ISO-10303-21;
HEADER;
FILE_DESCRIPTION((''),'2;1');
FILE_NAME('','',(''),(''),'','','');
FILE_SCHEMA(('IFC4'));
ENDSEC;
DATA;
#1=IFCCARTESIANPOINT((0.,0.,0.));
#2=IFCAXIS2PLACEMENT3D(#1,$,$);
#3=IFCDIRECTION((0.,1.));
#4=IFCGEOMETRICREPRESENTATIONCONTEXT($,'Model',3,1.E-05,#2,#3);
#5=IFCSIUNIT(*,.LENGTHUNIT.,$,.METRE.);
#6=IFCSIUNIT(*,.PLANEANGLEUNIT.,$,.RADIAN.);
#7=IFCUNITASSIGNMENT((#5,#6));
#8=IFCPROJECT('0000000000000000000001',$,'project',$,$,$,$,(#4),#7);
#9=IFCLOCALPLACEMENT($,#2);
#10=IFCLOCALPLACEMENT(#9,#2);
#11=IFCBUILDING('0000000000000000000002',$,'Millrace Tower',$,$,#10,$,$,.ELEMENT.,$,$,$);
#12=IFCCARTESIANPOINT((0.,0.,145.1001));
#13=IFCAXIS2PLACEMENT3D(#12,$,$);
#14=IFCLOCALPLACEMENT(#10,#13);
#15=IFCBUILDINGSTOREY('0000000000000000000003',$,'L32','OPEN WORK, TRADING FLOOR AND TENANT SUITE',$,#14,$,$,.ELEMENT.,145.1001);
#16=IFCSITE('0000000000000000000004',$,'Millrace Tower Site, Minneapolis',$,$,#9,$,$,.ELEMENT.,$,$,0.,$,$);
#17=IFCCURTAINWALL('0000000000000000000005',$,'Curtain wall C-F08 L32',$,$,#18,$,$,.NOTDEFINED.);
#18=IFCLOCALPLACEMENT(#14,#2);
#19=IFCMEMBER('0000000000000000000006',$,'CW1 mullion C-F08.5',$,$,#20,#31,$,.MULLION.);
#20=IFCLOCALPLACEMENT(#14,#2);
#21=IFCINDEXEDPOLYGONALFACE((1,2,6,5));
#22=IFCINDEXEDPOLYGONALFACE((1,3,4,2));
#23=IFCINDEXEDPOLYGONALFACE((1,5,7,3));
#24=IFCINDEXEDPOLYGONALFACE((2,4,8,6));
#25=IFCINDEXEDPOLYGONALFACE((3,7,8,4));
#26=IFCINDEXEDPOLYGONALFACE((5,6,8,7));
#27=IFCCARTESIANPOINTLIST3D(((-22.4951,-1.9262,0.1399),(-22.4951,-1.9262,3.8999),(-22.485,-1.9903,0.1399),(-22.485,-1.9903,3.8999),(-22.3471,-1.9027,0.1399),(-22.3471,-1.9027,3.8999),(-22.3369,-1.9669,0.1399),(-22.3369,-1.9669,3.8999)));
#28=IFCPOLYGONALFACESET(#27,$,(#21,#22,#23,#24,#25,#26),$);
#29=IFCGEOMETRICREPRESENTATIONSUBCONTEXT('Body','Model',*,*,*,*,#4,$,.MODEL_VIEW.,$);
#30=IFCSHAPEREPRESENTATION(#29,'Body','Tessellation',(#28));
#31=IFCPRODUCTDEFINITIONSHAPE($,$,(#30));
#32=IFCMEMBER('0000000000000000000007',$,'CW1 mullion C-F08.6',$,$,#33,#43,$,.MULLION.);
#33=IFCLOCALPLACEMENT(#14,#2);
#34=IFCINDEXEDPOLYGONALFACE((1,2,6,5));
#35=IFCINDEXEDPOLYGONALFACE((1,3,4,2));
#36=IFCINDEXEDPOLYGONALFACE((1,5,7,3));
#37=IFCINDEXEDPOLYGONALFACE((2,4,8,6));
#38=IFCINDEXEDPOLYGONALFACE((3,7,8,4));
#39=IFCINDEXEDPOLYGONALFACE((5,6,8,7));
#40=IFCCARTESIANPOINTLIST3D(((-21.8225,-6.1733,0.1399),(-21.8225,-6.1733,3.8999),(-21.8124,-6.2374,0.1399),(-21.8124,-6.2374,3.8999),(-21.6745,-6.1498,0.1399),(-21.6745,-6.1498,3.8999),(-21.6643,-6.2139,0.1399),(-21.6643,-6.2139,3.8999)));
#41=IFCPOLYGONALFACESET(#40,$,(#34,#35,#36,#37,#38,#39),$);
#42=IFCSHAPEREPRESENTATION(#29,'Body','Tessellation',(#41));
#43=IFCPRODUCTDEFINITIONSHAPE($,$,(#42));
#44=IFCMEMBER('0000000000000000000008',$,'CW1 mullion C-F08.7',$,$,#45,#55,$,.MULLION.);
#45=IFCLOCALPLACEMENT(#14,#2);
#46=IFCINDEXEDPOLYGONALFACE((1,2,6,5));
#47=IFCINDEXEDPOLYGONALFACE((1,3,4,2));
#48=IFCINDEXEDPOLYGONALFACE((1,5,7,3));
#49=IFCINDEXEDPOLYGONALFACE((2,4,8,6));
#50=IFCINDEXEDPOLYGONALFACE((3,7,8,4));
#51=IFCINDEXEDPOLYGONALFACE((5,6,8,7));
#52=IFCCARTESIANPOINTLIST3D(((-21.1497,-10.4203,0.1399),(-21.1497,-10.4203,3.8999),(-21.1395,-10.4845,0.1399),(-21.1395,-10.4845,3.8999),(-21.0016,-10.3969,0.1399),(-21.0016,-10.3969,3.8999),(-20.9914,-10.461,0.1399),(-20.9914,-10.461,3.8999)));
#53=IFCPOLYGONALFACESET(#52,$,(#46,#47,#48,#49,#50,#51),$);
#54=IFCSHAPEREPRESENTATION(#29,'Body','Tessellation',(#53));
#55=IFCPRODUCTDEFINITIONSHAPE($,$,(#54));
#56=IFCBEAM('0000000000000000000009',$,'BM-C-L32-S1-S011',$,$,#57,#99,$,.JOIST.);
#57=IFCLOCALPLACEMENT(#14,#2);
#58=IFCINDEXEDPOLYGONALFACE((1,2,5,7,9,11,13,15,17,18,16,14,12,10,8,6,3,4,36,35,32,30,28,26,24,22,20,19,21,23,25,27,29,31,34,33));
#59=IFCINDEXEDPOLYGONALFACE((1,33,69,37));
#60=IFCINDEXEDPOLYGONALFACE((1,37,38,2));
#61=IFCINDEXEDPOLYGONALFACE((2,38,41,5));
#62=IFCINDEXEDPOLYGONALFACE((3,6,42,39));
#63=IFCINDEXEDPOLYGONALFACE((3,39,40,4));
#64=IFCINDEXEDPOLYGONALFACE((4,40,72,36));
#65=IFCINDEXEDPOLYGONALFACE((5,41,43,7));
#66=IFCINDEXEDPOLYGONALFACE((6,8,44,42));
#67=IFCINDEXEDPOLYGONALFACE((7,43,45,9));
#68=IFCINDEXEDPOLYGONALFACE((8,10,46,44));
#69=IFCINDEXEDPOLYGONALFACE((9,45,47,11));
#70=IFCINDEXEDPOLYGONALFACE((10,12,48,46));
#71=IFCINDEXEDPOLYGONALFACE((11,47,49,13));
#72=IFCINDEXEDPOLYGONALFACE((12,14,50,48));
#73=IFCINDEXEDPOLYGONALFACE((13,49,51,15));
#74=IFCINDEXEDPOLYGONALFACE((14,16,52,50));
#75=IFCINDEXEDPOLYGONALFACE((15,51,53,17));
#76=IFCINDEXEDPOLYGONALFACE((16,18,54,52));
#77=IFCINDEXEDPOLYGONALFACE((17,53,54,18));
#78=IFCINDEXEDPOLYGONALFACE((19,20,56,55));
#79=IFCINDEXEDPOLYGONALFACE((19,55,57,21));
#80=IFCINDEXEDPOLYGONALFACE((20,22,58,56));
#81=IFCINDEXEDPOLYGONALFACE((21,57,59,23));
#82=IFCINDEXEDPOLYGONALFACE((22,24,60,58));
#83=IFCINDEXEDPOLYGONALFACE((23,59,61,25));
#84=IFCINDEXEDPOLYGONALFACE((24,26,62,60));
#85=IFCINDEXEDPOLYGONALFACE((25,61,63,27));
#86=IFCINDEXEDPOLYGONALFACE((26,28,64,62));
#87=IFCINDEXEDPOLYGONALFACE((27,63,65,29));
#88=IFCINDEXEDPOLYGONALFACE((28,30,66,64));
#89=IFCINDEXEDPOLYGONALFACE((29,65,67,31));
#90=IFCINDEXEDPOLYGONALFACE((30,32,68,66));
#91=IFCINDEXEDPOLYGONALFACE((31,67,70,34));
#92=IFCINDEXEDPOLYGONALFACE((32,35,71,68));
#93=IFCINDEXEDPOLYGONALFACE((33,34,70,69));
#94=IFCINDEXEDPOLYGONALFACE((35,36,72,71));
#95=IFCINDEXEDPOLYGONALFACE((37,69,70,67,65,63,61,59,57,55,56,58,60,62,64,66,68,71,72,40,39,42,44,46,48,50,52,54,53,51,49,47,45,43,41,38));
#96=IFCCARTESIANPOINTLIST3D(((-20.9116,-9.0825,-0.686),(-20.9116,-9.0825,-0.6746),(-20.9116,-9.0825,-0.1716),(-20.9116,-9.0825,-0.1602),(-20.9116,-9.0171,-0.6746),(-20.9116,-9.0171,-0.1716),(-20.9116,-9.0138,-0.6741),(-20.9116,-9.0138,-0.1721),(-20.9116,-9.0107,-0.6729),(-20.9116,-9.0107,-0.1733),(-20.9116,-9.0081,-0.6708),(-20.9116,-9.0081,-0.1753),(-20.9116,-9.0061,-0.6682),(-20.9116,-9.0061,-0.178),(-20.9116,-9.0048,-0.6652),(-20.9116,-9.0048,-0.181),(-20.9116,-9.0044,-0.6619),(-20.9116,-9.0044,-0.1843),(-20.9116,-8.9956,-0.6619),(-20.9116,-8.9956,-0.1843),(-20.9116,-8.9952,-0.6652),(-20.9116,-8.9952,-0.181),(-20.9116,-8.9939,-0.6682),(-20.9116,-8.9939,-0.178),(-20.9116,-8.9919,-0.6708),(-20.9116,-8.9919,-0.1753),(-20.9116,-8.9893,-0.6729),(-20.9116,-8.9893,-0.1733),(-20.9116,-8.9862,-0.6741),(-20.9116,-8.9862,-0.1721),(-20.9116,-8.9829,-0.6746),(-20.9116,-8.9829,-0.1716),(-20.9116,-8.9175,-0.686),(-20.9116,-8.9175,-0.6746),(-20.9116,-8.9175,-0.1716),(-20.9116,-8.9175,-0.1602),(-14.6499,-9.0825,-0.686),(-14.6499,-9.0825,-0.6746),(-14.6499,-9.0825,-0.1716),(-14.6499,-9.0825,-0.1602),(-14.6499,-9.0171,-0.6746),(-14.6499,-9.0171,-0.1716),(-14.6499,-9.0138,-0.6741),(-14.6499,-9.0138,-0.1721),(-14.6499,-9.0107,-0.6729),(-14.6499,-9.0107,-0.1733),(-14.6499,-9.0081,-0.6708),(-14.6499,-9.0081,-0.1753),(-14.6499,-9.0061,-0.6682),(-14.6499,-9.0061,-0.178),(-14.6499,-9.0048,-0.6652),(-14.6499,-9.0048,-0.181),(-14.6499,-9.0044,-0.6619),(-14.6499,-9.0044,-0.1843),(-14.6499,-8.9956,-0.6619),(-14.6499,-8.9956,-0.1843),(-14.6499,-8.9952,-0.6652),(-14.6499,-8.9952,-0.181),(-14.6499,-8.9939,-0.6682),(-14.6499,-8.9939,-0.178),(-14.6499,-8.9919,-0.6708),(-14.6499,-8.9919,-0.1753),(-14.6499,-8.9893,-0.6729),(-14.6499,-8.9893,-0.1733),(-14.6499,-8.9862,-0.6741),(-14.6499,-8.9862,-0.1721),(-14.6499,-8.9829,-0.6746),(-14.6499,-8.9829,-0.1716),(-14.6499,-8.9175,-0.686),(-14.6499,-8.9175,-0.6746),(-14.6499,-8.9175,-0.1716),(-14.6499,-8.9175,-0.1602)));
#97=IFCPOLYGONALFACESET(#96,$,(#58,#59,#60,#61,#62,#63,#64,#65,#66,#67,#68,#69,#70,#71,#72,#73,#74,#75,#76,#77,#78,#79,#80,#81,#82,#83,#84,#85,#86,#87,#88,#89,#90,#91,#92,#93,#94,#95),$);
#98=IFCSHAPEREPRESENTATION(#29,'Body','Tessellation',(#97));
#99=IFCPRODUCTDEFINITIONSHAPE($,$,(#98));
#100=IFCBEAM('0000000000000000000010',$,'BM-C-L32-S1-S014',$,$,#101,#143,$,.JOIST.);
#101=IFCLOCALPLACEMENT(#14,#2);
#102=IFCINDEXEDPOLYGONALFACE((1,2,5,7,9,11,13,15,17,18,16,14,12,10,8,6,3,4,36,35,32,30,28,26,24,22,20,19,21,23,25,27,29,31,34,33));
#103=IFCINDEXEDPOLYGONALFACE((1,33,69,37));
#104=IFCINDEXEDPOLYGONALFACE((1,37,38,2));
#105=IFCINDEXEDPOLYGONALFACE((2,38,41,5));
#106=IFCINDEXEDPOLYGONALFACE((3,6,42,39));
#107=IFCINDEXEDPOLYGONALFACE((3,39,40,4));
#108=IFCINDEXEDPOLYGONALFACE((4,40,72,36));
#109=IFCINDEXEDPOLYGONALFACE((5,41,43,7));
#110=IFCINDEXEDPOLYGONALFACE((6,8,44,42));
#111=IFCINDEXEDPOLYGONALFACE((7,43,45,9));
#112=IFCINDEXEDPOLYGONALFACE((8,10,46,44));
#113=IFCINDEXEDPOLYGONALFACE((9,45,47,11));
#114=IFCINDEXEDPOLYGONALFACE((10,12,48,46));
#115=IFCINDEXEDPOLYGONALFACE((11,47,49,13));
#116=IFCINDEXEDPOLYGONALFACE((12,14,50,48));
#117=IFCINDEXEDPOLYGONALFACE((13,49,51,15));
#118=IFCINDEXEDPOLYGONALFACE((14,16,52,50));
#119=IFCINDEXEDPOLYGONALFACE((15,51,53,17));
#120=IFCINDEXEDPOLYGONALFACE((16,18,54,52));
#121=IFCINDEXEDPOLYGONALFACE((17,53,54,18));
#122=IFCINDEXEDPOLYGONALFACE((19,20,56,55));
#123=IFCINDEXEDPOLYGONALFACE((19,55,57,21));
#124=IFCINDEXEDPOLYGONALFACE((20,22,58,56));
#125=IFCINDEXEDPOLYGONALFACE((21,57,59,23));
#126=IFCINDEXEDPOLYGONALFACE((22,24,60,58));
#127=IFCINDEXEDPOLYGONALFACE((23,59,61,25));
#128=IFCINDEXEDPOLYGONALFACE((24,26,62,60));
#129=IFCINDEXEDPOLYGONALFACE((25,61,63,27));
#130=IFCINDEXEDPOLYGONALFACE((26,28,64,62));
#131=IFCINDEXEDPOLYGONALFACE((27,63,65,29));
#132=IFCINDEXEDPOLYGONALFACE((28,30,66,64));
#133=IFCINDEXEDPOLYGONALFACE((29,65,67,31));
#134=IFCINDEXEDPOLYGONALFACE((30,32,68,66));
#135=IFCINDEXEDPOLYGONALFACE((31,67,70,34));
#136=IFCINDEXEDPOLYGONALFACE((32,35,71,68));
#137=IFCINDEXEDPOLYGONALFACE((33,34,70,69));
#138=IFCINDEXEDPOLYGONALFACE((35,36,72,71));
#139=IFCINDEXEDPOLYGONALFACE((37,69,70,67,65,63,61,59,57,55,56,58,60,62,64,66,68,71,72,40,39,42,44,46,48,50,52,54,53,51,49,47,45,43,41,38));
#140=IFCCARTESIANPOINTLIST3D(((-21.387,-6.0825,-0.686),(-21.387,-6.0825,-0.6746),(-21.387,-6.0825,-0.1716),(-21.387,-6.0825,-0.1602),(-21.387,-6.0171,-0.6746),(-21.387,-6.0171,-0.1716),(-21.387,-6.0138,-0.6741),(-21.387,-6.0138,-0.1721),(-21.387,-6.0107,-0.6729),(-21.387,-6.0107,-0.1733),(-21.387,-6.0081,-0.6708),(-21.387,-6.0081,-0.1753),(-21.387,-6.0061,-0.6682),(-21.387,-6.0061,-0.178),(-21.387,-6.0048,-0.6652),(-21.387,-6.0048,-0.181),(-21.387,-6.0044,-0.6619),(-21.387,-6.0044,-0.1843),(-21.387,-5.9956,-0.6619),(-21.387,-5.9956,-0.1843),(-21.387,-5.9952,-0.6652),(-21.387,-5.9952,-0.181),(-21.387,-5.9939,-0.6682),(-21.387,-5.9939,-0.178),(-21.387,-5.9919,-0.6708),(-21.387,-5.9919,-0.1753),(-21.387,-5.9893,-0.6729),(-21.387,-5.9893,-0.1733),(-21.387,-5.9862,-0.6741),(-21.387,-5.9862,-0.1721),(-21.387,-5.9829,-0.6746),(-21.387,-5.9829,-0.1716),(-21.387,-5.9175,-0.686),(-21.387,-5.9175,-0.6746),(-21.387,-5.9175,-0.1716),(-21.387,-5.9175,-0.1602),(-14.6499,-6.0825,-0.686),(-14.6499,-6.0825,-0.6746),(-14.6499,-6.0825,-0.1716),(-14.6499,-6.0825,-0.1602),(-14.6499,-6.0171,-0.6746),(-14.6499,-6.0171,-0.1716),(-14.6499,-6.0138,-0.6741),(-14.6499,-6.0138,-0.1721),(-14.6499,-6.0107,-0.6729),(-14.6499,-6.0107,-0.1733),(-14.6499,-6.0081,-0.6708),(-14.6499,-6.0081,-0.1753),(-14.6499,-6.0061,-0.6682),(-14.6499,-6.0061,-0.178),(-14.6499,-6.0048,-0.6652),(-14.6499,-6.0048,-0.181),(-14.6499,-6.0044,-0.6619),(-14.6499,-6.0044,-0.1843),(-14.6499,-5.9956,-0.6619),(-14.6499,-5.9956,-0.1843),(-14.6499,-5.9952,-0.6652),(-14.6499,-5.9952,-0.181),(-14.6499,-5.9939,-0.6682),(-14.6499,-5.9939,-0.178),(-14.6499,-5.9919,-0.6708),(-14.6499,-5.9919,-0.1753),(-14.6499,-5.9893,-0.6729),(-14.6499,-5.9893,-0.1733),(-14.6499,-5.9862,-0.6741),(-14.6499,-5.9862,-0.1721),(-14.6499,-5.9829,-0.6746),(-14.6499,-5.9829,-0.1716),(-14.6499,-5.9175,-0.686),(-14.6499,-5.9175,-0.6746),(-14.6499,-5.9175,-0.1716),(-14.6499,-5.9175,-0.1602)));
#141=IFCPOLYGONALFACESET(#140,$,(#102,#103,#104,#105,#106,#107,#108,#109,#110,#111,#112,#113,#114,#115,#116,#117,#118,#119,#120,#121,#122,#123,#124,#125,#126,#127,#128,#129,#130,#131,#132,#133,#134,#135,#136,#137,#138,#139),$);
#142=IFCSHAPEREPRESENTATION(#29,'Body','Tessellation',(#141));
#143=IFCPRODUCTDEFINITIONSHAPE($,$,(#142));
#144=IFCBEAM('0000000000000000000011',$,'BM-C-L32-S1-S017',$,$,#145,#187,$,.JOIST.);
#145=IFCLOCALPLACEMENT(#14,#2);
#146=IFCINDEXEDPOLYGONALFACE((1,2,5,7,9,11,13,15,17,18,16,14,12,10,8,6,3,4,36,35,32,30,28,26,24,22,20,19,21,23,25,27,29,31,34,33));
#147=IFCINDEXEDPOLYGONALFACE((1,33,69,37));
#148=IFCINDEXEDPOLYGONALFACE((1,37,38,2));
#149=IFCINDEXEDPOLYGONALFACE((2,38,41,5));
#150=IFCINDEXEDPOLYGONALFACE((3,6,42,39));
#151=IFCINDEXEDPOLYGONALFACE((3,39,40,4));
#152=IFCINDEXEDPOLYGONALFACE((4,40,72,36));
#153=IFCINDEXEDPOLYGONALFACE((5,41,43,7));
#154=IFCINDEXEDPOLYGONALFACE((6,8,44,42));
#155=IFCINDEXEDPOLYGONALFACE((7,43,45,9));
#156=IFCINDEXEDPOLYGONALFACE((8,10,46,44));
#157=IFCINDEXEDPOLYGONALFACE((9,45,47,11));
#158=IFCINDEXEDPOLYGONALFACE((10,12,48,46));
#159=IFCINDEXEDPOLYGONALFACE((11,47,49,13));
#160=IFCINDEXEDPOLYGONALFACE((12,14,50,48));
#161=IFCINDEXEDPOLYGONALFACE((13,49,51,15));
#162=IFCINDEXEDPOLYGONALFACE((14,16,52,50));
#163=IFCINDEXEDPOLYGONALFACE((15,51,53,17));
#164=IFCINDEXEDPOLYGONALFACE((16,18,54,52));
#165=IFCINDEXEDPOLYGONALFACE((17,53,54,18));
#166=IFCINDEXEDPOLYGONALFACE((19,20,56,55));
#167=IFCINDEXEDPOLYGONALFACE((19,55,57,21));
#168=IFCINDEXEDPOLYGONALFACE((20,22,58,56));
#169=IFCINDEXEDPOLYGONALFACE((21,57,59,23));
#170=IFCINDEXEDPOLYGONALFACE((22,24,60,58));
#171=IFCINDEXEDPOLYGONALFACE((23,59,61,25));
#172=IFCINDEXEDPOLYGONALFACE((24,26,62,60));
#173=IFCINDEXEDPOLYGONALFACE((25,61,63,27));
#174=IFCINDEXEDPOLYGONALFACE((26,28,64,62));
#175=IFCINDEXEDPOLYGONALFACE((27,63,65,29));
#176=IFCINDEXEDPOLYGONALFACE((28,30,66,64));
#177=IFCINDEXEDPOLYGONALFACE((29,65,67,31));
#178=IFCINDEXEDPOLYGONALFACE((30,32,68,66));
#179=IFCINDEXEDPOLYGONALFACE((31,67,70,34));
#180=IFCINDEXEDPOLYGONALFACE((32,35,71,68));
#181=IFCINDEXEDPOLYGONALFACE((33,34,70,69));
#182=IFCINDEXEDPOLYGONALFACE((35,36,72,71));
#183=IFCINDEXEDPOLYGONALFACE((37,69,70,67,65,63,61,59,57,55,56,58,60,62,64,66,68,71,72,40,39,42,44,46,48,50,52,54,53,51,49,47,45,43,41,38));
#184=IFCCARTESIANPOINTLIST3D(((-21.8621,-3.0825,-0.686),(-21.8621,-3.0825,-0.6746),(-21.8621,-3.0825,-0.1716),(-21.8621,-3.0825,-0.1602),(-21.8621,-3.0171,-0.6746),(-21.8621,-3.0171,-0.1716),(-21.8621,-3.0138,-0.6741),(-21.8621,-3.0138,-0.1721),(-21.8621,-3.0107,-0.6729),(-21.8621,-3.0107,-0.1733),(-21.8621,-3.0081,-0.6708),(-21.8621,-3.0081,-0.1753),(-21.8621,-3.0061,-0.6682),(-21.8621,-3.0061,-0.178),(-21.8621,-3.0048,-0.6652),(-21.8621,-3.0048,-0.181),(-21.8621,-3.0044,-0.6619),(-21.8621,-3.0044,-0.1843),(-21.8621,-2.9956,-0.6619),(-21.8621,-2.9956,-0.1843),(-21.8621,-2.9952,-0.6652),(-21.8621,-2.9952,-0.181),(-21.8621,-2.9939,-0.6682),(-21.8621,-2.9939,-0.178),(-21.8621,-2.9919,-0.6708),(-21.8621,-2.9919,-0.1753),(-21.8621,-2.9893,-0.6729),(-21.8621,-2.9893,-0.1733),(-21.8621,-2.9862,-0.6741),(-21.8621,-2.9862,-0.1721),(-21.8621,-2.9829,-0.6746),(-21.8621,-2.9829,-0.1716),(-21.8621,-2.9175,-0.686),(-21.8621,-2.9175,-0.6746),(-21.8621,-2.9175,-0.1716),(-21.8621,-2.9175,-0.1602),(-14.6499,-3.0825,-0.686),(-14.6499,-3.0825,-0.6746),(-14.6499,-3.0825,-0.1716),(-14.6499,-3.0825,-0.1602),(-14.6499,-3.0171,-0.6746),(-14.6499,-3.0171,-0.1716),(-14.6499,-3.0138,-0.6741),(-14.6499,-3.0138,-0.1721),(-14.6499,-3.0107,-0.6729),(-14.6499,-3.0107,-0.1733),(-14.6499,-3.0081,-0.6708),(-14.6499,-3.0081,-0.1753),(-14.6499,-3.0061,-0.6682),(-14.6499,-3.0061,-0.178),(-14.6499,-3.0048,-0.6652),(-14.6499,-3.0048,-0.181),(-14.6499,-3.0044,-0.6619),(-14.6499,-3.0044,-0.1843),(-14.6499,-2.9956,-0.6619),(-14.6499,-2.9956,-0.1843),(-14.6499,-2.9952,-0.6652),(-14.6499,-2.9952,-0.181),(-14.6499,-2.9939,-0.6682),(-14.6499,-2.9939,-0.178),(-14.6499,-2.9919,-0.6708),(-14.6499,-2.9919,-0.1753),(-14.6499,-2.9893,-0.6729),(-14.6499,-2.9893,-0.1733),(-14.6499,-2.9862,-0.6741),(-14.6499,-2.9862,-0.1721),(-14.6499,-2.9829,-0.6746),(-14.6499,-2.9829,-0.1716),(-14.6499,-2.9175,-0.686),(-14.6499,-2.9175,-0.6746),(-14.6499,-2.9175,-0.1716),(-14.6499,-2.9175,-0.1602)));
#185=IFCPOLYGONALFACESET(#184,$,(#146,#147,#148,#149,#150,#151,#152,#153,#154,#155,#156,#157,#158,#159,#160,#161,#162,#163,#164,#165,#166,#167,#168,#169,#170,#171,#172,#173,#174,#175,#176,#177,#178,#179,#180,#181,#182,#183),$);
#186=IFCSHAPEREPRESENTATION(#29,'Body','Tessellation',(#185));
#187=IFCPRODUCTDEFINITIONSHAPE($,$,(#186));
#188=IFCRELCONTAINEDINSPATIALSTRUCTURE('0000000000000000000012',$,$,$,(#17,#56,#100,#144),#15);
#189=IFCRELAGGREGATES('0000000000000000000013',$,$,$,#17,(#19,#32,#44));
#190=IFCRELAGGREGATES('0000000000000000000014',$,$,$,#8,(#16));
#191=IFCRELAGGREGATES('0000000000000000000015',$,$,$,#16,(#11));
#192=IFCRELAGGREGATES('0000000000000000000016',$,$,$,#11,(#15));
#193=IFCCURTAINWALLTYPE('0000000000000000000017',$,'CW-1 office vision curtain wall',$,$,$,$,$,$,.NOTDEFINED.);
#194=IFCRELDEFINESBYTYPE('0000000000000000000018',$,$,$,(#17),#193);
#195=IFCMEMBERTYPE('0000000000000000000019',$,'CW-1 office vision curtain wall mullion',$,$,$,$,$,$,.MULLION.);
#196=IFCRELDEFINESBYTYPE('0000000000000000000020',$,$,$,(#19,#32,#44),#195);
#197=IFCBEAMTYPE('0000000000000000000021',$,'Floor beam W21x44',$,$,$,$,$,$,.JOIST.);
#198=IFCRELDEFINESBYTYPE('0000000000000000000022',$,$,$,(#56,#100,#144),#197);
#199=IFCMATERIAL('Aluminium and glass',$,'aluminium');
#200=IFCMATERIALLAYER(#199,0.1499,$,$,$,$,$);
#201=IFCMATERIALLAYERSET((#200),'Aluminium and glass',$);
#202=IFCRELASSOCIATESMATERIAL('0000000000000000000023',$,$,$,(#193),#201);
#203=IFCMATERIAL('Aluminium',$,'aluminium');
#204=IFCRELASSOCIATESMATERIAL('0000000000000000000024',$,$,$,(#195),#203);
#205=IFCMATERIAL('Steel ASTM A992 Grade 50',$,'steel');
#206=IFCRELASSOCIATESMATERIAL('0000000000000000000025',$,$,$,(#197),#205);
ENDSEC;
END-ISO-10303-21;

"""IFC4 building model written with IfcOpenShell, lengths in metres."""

from ifc_helpers import new_model, si_unit, direction, frame, origin, origin_2d, place, context, subcontext, project, spatial, rectangle, i_section, extrude, material, layer, layer_set, material_profile, profile_set, type_object, element, aggregate, save


model = new_model("IFC4")

# Units and contexts
model_context = context("Model", 3, precision=1e-05, world=origin(), true_north=direction((0.0, 1.0)))
body_context = subcontext(model_context, "Body", "Model", "MODEL_VIEW")
ifc_project = project(units=[si_unit("LENGTHUNIT", "METRE"), si_unit("PLANEANGLEUNIT", "RADIAN")], contexts=[model_context])

# Site, building, storey
site_placement = place(None, origin())
site = spatial("IfcSite", under=ifc_project, at=site_placement, Name="Millrace Tower Site, Minneapolis", CompositionType="ELEMENT", RefElevation=0.0)
building_placement = place(site_placement, origin())
building = spatial("IfcBuilding", under=site, at=building_placement, Name="Millrace Tower", CompositionType="ELEMENT")
storey_placement = place(building_placement, frame((0.0, 0.0, 145.1001)))
storey = spatial("IfcBuildingStorey", under=building, at=storey_placement, Name="L32", Description="OPEN WORK, TRADING FLOOR AND TENANT SUITE", CompositionType="ELEMENT", Elevation=145.1001)

# Curtain wall, members
ifc_material_1 = material(Name="Aluminium and glass", Category="aluminium")
ifc_layer_1 = layer(ifc_material_1, 0.1499)
ifc_layer_set_1 = layer_set([ifc_layer_1], Name="Aluminium and glass")
curtain_wall_type = type_object("IfcCurtainWallType", Name="CW-1 office vision curtain wall", PredefinedType="NOTDEFINED", material=ifc_layer_set_1)
curtain_wall_placement = place(storey_placement, origin())
curtain_wall = element("IfcCurtainWall", 1, at=curtain_wall_placement, inside=storey, type_object=curtain_wall_type, Name="Curtain wall C-F08 L32", PredefinedType="NOTDEFINED")
ifc_material_2 = material(Name="Aluminium", Category="aluminium")
ifc_material_profile_1 = material_profile(ifc_material_2, rectangle(XDim=0.0649, YDim=0.1499, at=origin_2d()))
ifc_profile_set_1 = profile_set([ifc_material_profile_1], Name="Aluminium")
member_type = type_object("IfcMemberType", Name="CW-1 office vision curtain wall mullion", PredefinedType="MULLION", material=ifc_profile_set_1)
member_1_placement = place(storey_placement, frame((-22.416, -1.9465, 0.1399), z_axis=(0.0, 0.0, 1.0), x_axis=(0.156434, -0.987688, 0.0)))
member_1 = element("IfcMember", 2, at=member_1_placement, type_object=member_type, Name="CW1 mullion C-F08.5", PredefinedType="MULLION", context=body_context, shape_type="SweptSolid", body=[
    extrude(rectangle(XDim=0.0649, YDim=0.1499, at=origin_2d()), origin(), (0.0, 0.0, 1.0), 3.76),
])
member_2_placement = place(storey_placement, frame((-21.7434, -6.1936, 0.1399), z_axis=(0.0, 0.0, 1.0), x_axis=(0.156434, -0.987688, 0.0)))
member_2 = element("IfcMember", 3, at=member_2_placement, type_object=member_type, Name="CW1 mullion C-F08.6", PredefinedType="MULLION", context=body_context, shape_type="SweptSolid", body=[
    extrude(rectangle(XDim=0.0649, YDim=0.1499, at=origin_2d()), origin(), (0.0, 0.0, 1.0), 3.76),
])
member_3_placement = place(storey_placement, frame((-21.0706, -10.4407, 0.1399), z_axis=(0.0, 0.0, 1.0), x_axis=(0.156434, -0.987688, 0.0)))
member_3 = element("IfcMember", 4, at=member_3_placement, type_object=member_type, Name="CW1 mullion C-F08.7", PredefinedType="MULLION", context=body_context, shape_type="SweptSolid", body=[
    extrude(rectangle(XDim=0.0649, YDim=0.1499, at=origin_2d()), origin(), (0.0, 0.0, 1.0), 3.76),
])
aggregate(curtain_wall, [member_1, member_2, member_3])

# Beams
ifc_material_3 = material(Name="Steel ASTM A992 Grade 50", Category="steel")
ifc_material_profile_2 = material_profile(ifc_material_3, i_section(OverallWidth=0.165, OverallDepth=0.5259, WebThickness=0.0088, FlangeThickness=0.0115, FilletRadius=0.0127, at=origin_2d()))
ifc_profile_set_2 = profile_set([ifc_material_profile_2], Name="Steel ASTM A992 Grade 50")
beam_type_1 = type_object("IfcBeamType", Name="Floor beam W21x44", PredefinedType="JOIST", material=ifc_profile_set_2)
beam_1_placement = place(storey_placement, frame((-20.9116, -9.0, -0.4231), z_axis=(1.0, 0.0, 0.0), x_axis=(0.0, 1.0, 0.0)))
element("IfcBeam", 5, at=beam_1_placement, inside=storey, type_object=beam_type_1, Name="BM-C-L32-S1-S011", PredefinedType="JOIST", context=body_context, shape_type="SweptSolid", body=[
    extrude(i_section(OverallWidth=0.165, OverallDepth=0.5259, WebThickness=0.0088, FlangeThickness=0.0115, FilletRadius=0.0127, at=origin_2d()), origin(), (0.0, 0.0, 1.0), 6.2617),
])
beam_2_placement = place(storey_placement, frame((-21.387, -6.0, -0.4231), z_axis=(1.0, 0.0, 0.0), x_axis=(0.0, 1.0, 0.0)))
element("IfcBeam", 6, at=beam_2_placement, inside=storey, type_object=beam_type_1, Name="BM-C-L32-S1-S014", PredefinedType="JOIST", context=body_context, shape_type="SweptSolid", body=[
    extrude(i_section(OverallWidth=0.165, OverallDepth=0.5259, WebThickness=0.0088, FlangeThickness=0.0115, FilletRadius=0.0127, at=origin_2d()), origin(), (0.0, 0.0, 1.0), 6.7371),
])
beam_3_placement = place(storey_placement, frame((-21.8621, -3.0, -0.4231), z_axis=(1.0, 0.0, 0.0), x_axis=(0.0, 1.0, 0.0)))
element("IfcBeam", 7, at=beam_3_placement, inside=storey, type_object=beam_type_1, Name="BM-C-L32-S1-S017", PredefinedType="JOIST", context=body_context, shape_type="SweptSolid", body=[
    extrude(i_section(OverallWidth=0.165, OverallDepth=0.5259, WebThickness=0.0088, FlangeThickness=0.0115, FilletRadius=0.0127, at=origin_2d()), origin(), (0.0, 0.0, 1.0), 7.2122),
])

save(model, "model.ifc")
